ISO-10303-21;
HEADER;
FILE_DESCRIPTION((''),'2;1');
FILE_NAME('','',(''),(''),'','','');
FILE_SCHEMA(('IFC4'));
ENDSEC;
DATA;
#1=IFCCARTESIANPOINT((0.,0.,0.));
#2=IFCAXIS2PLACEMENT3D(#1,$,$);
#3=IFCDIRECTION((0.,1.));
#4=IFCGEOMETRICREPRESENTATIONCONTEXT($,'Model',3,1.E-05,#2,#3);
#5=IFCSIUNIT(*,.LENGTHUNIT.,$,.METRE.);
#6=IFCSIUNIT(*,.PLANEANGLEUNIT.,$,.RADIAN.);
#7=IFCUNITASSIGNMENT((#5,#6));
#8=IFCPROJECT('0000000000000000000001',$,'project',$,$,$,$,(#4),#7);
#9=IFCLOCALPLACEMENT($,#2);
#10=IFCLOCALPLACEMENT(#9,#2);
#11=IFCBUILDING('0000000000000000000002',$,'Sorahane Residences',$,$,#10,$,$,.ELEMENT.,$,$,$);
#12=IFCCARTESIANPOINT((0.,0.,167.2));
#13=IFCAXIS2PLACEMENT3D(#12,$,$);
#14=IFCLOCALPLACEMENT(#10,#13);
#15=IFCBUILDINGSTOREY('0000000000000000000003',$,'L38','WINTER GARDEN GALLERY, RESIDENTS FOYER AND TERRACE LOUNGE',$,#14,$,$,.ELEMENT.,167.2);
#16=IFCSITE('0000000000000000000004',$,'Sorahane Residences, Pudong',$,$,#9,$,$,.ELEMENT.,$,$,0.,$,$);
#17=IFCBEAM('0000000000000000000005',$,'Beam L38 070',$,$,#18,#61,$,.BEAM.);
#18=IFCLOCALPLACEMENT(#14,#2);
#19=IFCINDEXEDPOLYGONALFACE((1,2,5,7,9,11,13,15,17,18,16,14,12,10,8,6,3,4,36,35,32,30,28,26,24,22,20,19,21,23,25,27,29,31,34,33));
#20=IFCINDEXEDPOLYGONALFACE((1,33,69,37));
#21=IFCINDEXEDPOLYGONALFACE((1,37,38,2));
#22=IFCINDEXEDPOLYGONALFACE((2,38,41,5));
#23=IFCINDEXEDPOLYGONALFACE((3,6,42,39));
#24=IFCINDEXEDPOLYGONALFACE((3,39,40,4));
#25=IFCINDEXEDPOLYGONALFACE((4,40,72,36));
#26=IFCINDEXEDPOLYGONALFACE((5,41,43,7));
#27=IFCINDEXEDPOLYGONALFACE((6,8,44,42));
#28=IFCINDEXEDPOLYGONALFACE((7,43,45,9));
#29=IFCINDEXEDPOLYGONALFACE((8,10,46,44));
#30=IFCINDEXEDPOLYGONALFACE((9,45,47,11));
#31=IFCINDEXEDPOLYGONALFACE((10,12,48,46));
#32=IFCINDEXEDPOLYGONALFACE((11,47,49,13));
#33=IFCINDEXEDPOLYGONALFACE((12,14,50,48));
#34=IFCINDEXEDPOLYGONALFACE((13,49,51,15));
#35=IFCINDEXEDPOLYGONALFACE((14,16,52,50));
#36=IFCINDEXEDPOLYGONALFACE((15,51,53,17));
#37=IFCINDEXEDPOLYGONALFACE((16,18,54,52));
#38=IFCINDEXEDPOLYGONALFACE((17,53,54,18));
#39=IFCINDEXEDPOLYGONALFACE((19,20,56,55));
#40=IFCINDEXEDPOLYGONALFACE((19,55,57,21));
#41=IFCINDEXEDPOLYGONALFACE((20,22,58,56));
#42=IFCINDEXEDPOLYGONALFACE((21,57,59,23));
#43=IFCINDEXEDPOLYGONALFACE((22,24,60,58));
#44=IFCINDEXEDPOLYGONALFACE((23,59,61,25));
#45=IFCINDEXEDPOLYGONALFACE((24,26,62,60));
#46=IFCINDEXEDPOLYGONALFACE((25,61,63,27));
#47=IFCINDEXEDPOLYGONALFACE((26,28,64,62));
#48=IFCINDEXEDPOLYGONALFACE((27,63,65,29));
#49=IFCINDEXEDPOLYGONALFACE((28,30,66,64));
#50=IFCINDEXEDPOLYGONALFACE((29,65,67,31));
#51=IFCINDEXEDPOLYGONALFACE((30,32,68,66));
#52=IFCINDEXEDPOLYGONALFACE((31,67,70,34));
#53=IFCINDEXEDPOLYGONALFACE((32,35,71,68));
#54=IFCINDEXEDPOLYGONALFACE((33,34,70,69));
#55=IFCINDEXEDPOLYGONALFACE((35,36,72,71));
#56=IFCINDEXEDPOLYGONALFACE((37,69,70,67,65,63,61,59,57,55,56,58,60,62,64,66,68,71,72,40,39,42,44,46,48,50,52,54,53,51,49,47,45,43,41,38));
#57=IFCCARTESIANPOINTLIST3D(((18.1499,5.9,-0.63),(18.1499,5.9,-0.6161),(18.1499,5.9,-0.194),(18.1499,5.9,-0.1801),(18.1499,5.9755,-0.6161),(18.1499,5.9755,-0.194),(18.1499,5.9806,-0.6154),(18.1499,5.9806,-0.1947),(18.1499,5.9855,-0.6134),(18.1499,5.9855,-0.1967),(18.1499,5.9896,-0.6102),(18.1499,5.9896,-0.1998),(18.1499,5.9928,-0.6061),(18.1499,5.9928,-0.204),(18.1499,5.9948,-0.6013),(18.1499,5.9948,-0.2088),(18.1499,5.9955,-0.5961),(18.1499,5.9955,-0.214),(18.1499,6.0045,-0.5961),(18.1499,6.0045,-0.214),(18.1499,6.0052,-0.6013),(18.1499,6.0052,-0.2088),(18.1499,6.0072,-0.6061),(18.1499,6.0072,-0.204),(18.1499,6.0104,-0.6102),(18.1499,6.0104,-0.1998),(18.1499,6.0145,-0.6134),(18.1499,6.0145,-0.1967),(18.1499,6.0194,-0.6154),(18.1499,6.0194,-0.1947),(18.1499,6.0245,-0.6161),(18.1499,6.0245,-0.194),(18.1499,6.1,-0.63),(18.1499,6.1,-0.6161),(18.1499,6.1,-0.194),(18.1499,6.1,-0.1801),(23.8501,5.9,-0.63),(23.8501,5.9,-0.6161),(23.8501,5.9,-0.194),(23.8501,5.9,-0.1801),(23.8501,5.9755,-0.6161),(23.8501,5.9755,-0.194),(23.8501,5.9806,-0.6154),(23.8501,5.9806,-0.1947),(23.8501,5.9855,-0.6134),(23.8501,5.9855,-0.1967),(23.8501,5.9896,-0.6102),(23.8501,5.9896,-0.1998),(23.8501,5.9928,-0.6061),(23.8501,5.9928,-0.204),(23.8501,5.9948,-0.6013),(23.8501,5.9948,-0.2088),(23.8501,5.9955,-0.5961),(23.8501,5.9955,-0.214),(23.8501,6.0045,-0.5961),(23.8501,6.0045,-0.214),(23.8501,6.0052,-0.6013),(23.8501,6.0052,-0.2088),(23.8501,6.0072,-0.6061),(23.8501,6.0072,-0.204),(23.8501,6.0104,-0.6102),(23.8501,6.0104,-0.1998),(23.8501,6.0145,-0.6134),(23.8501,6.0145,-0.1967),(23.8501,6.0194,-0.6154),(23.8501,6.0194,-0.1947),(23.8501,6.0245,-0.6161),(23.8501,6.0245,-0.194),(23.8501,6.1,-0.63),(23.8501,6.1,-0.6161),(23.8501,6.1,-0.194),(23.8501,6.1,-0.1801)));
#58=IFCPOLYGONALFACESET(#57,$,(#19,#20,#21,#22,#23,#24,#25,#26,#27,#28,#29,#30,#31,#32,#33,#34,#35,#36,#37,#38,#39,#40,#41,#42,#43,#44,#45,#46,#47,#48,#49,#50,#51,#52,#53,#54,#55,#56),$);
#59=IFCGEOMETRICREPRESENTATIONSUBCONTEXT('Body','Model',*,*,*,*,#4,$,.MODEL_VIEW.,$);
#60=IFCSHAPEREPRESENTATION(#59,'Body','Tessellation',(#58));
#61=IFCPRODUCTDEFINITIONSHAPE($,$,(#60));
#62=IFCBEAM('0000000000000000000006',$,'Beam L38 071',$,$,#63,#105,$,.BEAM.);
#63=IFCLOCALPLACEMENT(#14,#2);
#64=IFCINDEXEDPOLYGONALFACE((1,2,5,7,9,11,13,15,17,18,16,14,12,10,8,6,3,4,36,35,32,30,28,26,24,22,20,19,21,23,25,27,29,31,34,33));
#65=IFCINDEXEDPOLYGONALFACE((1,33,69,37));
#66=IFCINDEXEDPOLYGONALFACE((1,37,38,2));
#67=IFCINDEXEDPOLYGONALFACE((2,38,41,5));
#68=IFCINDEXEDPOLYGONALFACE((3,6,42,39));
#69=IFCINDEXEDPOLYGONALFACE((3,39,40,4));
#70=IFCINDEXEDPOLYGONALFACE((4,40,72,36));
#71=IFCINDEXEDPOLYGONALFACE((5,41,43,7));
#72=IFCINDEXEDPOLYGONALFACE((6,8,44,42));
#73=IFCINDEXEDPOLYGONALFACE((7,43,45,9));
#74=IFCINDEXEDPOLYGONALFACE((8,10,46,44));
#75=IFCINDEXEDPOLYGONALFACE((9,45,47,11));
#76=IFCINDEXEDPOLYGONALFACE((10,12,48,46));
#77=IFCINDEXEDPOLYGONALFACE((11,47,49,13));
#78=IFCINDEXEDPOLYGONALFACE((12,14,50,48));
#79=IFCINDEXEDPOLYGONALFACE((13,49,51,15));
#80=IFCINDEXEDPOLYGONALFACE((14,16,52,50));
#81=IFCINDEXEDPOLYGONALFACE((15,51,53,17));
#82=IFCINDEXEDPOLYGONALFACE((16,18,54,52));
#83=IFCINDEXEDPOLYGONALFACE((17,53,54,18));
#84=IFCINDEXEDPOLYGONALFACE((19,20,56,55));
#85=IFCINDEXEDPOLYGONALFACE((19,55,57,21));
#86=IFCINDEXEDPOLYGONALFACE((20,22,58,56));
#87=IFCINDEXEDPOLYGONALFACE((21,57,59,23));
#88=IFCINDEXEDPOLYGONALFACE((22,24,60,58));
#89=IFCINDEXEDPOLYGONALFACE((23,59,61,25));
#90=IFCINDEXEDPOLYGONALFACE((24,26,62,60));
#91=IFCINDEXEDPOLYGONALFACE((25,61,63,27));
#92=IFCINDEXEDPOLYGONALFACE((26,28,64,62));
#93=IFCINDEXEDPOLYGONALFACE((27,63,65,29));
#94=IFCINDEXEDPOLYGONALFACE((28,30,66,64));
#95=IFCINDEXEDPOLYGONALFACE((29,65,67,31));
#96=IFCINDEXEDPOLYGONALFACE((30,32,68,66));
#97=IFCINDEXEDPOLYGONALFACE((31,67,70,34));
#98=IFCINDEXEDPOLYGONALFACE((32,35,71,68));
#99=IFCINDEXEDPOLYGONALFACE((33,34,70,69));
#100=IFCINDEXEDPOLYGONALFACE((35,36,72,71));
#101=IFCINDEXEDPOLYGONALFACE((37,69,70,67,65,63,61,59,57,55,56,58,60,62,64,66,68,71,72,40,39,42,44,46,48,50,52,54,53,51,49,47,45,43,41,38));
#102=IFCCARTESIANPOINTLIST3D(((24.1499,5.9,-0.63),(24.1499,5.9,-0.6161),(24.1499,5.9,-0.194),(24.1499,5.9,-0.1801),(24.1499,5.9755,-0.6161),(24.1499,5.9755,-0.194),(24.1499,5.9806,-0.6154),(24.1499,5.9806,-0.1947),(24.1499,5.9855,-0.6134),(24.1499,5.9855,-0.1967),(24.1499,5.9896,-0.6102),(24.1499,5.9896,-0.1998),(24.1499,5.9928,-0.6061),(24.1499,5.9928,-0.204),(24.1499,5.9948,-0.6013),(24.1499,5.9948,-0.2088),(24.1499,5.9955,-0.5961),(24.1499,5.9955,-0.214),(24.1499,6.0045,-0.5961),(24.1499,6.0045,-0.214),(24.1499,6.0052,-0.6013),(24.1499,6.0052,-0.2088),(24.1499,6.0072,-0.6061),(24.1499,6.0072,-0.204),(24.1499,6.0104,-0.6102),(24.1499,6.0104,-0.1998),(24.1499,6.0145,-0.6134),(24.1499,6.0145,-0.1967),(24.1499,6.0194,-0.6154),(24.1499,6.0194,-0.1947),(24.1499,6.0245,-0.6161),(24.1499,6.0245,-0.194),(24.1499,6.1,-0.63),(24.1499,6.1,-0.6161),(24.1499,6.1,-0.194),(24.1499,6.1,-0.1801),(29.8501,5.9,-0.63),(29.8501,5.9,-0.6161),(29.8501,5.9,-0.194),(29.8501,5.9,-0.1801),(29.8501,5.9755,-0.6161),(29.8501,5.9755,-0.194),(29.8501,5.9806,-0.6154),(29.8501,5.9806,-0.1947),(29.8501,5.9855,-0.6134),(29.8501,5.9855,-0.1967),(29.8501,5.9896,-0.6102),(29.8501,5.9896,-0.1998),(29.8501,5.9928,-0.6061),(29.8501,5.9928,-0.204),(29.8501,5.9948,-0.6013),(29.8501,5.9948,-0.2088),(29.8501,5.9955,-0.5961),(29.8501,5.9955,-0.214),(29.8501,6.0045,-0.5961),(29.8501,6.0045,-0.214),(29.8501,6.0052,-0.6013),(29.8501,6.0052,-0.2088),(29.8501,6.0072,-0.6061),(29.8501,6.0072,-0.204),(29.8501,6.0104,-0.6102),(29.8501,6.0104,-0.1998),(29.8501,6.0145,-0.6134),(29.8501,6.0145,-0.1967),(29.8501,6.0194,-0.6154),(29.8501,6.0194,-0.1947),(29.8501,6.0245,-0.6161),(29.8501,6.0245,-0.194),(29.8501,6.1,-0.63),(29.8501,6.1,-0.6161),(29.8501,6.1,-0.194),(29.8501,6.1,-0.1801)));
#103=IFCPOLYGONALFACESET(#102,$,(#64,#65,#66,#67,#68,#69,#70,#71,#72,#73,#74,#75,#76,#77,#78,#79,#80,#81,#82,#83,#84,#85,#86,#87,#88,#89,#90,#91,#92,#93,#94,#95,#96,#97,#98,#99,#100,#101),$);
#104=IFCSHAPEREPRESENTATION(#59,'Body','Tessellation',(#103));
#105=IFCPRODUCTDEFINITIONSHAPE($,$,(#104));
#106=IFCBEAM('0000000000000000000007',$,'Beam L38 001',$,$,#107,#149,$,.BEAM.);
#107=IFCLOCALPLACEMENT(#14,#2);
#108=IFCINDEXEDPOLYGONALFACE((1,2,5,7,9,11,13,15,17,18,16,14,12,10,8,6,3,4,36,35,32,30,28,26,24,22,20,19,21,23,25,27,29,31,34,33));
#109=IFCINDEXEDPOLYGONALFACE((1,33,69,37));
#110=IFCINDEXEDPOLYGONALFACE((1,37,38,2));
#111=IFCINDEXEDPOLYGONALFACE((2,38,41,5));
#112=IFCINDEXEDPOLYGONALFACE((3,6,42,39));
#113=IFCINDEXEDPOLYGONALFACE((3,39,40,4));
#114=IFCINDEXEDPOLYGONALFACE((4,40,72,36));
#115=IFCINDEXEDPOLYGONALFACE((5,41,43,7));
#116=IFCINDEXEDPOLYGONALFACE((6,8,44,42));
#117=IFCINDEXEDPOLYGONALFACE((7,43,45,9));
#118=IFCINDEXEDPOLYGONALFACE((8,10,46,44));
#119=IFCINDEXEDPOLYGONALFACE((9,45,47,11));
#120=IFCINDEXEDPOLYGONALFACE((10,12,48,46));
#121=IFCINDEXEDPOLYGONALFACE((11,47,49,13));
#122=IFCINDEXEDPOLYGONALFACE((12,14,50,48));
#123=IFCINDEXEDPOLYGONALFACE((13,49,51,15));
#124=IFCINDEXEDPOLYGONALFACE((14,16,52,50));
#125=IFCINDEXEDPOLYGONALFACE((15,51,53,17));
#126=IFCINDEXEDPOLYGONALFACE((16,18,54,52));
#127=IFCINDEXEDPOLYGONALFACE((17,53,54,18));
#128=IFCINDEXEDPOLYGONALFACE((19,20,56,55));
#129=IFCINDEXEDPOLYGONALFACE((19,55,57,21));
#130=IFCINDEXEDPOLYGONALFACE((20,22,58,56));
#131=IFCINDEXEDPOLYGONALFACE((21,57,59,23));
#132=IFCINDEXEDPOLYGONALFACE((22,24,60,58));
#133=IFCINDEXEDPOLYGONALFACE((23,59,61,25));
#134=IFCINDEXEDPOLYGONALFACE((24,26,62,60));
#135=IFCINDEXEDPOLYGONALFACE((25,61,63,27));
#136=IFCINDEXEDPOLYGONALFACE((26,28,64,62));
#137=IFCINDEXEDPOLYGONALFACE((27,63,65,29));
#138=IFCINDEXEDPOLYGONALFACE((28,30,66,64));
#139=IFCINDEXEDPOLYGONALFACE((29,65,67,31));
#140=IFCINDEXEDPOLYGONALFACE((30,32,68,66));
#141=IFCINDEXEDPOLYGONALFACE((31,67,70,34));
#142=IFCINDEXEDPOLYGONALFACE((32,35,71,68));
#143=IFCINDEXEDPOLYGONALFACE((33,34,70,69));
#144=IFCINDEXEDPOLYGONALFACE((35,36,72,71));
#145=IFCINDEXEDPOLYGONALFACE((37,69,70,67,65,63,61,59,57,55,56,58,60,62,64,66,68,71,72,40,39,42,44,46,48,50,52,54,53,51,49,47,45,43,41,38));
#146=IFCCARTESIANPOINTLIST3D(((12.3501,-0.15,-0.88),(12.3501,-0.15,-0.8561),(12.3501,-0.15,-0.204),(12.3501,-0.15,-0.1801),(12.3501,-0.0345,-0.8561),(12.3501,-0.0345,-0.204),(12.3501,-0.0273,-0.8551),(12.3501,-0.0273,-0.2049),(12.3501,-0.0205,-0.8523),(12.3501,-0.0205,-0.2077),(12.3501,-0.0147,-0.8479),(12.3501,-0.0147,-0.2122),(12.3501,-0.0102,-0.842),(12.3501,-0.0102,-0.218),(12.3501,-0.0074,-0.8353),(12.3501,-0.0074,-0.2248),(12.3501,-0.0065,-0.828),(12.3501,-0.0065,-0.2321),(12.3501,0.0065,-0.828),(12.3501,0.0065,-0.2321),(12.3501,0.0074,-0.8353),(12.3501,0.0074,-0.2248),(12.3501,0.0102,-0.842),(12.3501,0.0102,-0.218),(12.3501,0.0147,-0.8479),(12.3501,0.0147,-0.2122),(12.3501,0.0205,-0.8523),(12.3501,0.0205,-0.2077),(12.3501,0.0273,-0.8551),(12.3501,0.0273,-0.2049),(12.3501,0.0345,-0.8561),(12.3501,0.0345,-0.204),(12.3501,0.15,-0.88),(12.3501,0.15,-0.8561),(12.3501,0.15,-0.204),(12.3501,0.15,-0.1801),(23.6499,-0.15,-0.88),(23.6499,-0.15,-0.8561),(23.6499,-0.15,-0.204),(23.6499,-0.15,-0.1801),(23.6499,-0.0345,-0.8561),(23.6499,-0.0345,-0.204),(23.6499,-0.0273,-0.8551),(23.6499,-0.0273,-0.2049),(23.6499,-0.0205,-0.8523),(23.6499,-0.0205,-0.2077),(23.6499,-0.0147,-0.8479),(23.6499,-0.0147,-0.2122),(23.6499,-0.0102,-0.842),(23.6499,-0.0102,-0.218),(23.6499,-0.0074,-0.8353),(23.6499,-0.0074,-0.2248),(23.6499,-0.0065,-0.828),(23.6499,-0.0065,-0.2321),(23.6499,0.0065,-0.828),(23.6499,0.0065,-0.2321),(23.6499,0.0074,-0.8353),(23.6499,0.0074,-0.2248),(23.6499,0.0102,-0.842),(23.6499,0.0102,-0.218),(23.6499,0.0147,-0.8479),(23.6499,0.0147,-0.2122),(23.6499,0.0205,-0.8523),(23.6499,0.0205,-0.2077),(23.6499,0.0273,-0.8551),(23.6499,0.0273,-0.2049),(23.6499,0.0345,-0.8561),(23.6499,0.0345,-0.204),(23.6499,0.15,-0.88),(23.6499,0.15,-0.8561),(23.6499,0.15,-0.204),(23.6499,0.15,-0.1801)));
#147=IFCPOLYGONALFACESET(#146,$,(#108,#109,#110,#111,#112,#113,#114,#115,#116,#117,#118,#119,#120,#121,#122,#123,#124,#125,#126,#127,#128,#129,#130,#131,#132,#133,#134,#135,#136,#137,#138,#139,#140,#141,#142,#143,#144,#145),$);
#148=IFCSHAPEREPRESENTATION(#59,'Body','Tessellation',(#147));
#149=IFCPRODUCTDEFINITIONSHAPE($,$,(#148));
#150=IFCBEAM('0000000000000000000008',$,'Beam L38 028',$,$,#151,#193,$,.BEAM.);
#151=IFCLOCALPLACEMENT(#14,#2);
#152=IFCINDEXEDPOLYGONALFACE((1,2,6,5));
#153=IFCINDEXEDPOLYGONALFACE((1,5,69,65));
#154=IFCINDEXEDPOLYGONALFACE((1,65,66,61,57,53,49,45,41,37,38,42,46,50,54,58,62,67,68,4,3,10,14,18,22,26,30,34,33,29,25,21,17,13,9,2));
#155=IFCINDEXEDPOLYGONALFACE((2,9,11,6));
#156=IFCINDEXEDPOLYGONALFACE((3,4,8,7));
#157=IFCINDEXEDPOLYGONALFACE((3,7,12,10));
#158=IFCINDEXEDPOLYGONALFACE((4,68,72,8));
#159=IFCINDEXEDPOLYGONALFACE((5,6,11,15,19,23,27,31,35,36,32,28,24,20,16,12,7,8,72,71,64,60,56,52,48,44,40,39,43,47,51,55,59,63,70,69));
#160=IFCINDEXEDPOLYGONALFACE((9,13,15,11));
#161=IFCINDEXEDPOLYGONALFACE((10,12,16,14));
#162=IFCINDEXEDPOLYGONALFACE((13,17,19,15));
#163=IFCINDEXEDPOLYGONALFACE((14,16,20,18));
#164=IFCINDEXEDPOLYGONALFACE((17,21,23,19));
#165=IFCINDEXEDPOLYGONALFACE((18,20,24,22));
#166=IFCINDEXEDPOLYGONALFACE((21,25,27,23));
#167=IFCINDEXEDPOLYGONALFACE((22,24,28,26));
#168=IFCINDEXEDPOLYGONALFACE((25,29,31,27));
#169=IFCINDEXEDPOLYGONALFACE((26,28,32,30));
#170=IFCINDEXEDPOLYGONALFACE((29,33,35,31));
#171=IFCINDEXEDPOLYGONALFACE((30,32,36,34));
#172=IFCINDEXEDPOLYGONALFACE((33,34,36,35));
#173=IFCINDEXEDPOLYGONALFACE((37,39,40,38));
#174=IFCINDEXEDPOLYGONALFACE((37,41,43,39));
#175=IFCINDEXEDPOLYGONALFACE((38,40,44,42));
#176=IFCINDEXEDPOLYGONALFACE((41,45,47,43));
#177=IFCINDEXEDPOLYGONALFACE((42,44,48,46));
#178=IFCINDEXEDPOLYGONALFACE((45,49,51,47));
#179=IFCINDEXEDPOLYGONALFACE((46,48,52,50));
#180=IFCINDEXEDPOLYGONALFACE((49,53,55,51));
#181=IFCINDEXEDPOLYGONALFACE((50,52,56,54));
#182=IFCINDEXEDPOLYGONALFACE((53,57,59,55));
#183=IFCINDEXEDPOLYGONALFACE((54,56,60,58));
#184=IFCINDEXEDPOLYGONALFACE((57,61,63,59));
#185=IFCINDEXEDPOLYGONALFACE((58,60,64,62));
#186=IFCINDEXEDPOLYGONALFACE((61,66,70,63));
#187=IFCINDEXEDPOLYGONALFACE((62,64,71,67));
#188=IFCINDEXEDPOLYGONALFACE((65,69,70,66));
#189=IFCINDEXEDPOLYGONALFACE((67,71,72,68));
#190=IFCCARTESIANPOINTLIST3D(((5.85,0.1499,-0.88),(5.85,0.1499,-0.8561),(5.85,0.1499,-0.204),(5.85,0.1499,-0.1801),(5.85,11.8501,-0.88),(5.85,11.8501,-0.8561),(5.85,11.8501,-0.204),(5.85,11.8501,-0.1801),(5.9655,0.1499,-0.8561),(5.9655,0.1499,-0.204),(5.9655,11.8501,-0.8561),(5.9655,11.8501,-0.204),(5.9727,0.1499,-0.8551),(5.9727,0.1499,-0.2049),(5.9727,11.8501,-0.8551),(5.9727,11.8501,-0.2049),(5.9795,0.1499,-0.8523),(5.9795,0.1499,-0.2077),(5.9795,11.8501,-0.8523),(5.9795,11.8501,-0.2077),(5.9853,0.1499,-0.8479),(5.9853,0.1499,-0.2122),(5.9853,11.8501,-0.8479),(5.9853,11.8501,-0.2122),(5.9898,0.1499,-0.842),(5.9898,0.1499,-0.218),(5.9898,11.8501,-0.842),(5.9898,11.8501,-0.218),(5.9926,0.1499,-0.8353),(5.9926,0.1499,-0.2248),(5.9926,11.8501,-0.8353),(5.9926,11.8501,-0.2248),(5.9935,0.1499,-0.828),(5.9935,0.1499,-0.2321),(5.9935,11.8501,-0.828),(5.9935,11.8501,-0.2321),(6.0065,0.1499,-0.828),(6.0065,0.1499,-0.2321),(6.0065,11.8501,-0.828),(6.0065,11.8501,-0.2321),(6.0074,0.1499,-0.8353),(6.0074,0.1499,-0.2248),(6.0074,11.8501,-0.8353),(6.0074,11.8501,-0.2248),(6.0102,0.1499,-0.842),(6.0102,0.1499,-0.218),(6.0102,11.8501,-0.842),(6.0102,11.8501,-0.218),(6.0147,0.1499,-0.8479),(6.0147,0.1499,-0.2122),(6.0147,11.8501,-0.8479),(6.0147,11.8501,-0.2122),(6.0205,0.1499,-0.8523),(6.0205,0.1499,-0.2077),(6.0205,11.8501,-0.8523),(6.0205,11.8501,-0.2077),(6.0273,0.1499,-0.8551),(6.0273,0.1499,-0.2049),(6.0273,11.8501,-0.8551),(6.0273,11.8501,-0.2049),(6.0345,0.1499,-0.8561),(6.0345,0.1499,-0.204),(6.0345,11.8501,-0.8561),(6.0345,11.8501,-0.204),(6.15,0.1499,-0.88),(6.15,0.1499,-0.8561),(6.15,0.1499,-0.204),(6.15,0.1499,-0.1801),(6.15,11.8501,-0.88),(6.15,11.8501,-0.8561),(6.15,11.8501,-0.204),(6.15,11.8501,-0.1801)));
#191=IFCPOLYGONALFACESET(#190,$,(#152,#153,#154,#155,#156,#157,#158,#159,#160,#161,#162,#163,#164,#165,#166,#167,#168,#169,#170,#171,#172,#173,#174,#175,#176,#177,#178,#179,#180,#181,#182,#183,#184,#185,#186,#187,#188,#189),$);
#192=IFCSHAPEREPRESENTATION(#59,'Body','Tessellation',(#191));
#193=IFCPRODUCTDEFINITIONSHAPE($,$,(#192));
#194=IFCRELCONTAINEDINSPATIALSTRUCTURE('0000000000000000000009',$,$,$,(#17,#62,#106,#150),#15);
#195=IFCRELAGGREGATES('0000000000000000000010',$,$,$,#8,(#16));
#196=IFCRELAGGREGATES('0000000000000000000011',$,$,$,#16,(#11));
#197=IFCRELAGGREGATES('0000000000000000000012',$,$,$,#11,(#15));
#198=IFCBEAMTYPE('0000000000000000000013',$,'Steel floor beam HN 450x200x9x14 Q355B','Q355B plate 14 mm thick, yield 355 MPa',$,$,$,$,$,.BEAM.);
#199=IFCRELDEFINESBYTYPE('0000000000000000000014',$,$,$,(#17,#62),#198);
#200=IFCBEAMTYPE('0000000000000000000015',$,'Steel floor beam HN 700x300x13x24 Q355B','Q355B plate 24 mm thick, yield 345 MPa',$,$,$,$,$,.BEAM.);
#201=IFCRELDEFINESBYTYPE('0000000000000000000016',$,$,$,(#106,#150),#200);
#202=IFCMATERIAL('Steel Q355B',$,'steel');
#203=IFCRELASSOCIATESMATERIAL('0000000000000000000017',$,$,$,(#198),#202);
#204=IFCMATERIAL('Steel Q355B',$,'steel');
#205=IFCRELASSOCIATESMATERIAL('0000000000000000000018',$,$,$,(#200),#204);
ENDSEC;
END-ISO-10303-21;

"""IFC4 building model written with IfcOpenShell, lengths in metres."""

from ifc_helpers import new_model, si_unit, direction, frame, origin, origin_2d, place, context, subcontext, project, spatial, i_section, extrude, material, material_profile, profile_set, type_object, element, save


model = new_model("IFC4")

# Units and contexts
model_context = context("Model", 3, precision=1e-05, world=origin(), true_north=direction((0.0, 1.0)))
body_context = subcontext(model_context, "Body", "Model", "MODEL_VIEW")
ifc_project = project(units=[si_unit("LENGTHUNIT", "METRE"), si_unit("PLANEANGLEUNIT", "RADIAN")], contexts=[model_context])

# Site, building, storey
site_placement = place(None, origin())
site = spatial("IfcSite", under=ifc_project, at=site_placement, Name="Sorahane Residences, Pudong", CompositionType="ELEMENT", RefElevation=0.0)
building_placement = place(site_placement, origin())
building = spatial("IfcBuilding", under=site, at=building_placement, Name="Sorahane Residences", CompositionType="ELEMENT")
storey_placement = place(building_placement, frame((0.0, 0.0, 167.2)))
storey = spatial("IfcBuildingStorey", under=building, at=storey_placement, Name="L38", Description="WINTER GARDEN GALLERY, RESIDENTS FOYER AND TERRACE LOUNGE", CompositionType="ELEMENT", Elevation=167.2)

# Beams
ifc_material_1 = material(Name="Steel Q355B", Category="steel")
ifc_material_profile_1 = material_profile(ifc_material_1, i_section(OverallWidth=0.2, OverallDepth=0.45, WebThickness=0.009, FlangeThickness=0.0139, FilletRadius=0.02, at=origin_2d()), Name="HN 450x200x9x14")
ifc_profile_set_1 = profile_set([ifc_material_profile_1], Name="Steel Q355B")
beam_type_1 = type_object("IfcBeamType", Name="Steel floor beam HN 450x200x9x14 Q355B", Description="Q355B plate 14 mm thick, yield 355 MPa", PredefinedType="BEAM", material=ifc_profile_set_1)
for number, where, z_axis, x_axis, name in (
    (1, (18.1499, 6.0, -0.405), (1.0, 0.0, 0.0), (0.0, 1.0, 0.0), "Beam L38 070"),
    (2, (24.1499, 6.0, -0.405), (1.0, 0.0, 0.0), (0.0, 1.0, 0.0), "Beam L38 071"),
):
    element("IfcBeam", number, at=place(storey_placement, frame(where, z_axis=z_axis, x_axis=x_axis)), inside=storey, type_object=beam_type_1, Name=name, PredefinedType="BEAM", context=body_context, shape_type="SweptSolid", body=[
        extrude(i_section(OverallWidth=0.2, OverallDepth=0.45, WebThickness=0.009, FlangeThickness=0.0139, FilletRadius=0.02, at=origin_2d()), origin(), (0.0, 0.0, 1.0), 5.7002),
    ])
ifc_material_2 = material(Name="Steel Q355B", Category="steel")
ifc_material_profile_2 = material_profile(ifc_material_2, i_section(OverallWidth=0.3, OverallDepth=0.7, WebThickness=0.0129, FlangeThickness=0.0239, FilletRadius=0.0281, at=origin_2d()), Name="HN 700x300x13x24")
ifc_profile_set_2 = profile_set([ifc_material_profile_2], Name="Steel Q355B")
beam_type_2 = type_object("IfcBeamType", Name="Steel floor beam HN 700x300x13x24 Q355B", Description="Q355B plate 24 mm thick, yield 345 MPa", PredefinedType="BEAM", material=ifc_profile_set_2)
beam_1_placement = place(storey_placement, frame((12.3501, 0.0, -0.53), z_axis=(1.0, 0.0, 0.0), x_axis=(0.0, 1.0, 0.0)))
element("IfcBeam", 3, at=beam_1_placement, inside=storey, type_object=beam_type_2, Name="Beam L38 001", PredefinedType="BEAM", context=body_context, shape_type="SweptSolid", body=[
    extrude(i_section(OverallWidth=0.3, OverallDepth=0.7, WebThickness=0.0129, FlangeThickness=0.0239, FilletRadius=0.0281, at=origin_2d()), origin(), (0.0, 0.0, 1.0), 11.2998),
])
beam_2_placement = place(storey_placement, frame((6.0, 0.1499, -0.53), z_axis=(0.0, 1.0, 0.0), x_axis=(-1.0, 0.0, 0.0)))
element("IfcBeam", 4, at=beam_2_placement, inside=storey, type_object=beam_type_2, Name="Beam L38 028", PredefinedType="BEAM", context=body_context, shape_type="SweptSolid", body=[
    extrude(i_section(OverallWidth=0.3, OverallDepth=0.7, WebThickness=0.0129, FlangeThickness=0.0239, FilletRadius=0.0281, at=origin_2d()), origin(), (0.0, 0.0, 1.0), 11.7002),
])

save(model, "model.ifc")
